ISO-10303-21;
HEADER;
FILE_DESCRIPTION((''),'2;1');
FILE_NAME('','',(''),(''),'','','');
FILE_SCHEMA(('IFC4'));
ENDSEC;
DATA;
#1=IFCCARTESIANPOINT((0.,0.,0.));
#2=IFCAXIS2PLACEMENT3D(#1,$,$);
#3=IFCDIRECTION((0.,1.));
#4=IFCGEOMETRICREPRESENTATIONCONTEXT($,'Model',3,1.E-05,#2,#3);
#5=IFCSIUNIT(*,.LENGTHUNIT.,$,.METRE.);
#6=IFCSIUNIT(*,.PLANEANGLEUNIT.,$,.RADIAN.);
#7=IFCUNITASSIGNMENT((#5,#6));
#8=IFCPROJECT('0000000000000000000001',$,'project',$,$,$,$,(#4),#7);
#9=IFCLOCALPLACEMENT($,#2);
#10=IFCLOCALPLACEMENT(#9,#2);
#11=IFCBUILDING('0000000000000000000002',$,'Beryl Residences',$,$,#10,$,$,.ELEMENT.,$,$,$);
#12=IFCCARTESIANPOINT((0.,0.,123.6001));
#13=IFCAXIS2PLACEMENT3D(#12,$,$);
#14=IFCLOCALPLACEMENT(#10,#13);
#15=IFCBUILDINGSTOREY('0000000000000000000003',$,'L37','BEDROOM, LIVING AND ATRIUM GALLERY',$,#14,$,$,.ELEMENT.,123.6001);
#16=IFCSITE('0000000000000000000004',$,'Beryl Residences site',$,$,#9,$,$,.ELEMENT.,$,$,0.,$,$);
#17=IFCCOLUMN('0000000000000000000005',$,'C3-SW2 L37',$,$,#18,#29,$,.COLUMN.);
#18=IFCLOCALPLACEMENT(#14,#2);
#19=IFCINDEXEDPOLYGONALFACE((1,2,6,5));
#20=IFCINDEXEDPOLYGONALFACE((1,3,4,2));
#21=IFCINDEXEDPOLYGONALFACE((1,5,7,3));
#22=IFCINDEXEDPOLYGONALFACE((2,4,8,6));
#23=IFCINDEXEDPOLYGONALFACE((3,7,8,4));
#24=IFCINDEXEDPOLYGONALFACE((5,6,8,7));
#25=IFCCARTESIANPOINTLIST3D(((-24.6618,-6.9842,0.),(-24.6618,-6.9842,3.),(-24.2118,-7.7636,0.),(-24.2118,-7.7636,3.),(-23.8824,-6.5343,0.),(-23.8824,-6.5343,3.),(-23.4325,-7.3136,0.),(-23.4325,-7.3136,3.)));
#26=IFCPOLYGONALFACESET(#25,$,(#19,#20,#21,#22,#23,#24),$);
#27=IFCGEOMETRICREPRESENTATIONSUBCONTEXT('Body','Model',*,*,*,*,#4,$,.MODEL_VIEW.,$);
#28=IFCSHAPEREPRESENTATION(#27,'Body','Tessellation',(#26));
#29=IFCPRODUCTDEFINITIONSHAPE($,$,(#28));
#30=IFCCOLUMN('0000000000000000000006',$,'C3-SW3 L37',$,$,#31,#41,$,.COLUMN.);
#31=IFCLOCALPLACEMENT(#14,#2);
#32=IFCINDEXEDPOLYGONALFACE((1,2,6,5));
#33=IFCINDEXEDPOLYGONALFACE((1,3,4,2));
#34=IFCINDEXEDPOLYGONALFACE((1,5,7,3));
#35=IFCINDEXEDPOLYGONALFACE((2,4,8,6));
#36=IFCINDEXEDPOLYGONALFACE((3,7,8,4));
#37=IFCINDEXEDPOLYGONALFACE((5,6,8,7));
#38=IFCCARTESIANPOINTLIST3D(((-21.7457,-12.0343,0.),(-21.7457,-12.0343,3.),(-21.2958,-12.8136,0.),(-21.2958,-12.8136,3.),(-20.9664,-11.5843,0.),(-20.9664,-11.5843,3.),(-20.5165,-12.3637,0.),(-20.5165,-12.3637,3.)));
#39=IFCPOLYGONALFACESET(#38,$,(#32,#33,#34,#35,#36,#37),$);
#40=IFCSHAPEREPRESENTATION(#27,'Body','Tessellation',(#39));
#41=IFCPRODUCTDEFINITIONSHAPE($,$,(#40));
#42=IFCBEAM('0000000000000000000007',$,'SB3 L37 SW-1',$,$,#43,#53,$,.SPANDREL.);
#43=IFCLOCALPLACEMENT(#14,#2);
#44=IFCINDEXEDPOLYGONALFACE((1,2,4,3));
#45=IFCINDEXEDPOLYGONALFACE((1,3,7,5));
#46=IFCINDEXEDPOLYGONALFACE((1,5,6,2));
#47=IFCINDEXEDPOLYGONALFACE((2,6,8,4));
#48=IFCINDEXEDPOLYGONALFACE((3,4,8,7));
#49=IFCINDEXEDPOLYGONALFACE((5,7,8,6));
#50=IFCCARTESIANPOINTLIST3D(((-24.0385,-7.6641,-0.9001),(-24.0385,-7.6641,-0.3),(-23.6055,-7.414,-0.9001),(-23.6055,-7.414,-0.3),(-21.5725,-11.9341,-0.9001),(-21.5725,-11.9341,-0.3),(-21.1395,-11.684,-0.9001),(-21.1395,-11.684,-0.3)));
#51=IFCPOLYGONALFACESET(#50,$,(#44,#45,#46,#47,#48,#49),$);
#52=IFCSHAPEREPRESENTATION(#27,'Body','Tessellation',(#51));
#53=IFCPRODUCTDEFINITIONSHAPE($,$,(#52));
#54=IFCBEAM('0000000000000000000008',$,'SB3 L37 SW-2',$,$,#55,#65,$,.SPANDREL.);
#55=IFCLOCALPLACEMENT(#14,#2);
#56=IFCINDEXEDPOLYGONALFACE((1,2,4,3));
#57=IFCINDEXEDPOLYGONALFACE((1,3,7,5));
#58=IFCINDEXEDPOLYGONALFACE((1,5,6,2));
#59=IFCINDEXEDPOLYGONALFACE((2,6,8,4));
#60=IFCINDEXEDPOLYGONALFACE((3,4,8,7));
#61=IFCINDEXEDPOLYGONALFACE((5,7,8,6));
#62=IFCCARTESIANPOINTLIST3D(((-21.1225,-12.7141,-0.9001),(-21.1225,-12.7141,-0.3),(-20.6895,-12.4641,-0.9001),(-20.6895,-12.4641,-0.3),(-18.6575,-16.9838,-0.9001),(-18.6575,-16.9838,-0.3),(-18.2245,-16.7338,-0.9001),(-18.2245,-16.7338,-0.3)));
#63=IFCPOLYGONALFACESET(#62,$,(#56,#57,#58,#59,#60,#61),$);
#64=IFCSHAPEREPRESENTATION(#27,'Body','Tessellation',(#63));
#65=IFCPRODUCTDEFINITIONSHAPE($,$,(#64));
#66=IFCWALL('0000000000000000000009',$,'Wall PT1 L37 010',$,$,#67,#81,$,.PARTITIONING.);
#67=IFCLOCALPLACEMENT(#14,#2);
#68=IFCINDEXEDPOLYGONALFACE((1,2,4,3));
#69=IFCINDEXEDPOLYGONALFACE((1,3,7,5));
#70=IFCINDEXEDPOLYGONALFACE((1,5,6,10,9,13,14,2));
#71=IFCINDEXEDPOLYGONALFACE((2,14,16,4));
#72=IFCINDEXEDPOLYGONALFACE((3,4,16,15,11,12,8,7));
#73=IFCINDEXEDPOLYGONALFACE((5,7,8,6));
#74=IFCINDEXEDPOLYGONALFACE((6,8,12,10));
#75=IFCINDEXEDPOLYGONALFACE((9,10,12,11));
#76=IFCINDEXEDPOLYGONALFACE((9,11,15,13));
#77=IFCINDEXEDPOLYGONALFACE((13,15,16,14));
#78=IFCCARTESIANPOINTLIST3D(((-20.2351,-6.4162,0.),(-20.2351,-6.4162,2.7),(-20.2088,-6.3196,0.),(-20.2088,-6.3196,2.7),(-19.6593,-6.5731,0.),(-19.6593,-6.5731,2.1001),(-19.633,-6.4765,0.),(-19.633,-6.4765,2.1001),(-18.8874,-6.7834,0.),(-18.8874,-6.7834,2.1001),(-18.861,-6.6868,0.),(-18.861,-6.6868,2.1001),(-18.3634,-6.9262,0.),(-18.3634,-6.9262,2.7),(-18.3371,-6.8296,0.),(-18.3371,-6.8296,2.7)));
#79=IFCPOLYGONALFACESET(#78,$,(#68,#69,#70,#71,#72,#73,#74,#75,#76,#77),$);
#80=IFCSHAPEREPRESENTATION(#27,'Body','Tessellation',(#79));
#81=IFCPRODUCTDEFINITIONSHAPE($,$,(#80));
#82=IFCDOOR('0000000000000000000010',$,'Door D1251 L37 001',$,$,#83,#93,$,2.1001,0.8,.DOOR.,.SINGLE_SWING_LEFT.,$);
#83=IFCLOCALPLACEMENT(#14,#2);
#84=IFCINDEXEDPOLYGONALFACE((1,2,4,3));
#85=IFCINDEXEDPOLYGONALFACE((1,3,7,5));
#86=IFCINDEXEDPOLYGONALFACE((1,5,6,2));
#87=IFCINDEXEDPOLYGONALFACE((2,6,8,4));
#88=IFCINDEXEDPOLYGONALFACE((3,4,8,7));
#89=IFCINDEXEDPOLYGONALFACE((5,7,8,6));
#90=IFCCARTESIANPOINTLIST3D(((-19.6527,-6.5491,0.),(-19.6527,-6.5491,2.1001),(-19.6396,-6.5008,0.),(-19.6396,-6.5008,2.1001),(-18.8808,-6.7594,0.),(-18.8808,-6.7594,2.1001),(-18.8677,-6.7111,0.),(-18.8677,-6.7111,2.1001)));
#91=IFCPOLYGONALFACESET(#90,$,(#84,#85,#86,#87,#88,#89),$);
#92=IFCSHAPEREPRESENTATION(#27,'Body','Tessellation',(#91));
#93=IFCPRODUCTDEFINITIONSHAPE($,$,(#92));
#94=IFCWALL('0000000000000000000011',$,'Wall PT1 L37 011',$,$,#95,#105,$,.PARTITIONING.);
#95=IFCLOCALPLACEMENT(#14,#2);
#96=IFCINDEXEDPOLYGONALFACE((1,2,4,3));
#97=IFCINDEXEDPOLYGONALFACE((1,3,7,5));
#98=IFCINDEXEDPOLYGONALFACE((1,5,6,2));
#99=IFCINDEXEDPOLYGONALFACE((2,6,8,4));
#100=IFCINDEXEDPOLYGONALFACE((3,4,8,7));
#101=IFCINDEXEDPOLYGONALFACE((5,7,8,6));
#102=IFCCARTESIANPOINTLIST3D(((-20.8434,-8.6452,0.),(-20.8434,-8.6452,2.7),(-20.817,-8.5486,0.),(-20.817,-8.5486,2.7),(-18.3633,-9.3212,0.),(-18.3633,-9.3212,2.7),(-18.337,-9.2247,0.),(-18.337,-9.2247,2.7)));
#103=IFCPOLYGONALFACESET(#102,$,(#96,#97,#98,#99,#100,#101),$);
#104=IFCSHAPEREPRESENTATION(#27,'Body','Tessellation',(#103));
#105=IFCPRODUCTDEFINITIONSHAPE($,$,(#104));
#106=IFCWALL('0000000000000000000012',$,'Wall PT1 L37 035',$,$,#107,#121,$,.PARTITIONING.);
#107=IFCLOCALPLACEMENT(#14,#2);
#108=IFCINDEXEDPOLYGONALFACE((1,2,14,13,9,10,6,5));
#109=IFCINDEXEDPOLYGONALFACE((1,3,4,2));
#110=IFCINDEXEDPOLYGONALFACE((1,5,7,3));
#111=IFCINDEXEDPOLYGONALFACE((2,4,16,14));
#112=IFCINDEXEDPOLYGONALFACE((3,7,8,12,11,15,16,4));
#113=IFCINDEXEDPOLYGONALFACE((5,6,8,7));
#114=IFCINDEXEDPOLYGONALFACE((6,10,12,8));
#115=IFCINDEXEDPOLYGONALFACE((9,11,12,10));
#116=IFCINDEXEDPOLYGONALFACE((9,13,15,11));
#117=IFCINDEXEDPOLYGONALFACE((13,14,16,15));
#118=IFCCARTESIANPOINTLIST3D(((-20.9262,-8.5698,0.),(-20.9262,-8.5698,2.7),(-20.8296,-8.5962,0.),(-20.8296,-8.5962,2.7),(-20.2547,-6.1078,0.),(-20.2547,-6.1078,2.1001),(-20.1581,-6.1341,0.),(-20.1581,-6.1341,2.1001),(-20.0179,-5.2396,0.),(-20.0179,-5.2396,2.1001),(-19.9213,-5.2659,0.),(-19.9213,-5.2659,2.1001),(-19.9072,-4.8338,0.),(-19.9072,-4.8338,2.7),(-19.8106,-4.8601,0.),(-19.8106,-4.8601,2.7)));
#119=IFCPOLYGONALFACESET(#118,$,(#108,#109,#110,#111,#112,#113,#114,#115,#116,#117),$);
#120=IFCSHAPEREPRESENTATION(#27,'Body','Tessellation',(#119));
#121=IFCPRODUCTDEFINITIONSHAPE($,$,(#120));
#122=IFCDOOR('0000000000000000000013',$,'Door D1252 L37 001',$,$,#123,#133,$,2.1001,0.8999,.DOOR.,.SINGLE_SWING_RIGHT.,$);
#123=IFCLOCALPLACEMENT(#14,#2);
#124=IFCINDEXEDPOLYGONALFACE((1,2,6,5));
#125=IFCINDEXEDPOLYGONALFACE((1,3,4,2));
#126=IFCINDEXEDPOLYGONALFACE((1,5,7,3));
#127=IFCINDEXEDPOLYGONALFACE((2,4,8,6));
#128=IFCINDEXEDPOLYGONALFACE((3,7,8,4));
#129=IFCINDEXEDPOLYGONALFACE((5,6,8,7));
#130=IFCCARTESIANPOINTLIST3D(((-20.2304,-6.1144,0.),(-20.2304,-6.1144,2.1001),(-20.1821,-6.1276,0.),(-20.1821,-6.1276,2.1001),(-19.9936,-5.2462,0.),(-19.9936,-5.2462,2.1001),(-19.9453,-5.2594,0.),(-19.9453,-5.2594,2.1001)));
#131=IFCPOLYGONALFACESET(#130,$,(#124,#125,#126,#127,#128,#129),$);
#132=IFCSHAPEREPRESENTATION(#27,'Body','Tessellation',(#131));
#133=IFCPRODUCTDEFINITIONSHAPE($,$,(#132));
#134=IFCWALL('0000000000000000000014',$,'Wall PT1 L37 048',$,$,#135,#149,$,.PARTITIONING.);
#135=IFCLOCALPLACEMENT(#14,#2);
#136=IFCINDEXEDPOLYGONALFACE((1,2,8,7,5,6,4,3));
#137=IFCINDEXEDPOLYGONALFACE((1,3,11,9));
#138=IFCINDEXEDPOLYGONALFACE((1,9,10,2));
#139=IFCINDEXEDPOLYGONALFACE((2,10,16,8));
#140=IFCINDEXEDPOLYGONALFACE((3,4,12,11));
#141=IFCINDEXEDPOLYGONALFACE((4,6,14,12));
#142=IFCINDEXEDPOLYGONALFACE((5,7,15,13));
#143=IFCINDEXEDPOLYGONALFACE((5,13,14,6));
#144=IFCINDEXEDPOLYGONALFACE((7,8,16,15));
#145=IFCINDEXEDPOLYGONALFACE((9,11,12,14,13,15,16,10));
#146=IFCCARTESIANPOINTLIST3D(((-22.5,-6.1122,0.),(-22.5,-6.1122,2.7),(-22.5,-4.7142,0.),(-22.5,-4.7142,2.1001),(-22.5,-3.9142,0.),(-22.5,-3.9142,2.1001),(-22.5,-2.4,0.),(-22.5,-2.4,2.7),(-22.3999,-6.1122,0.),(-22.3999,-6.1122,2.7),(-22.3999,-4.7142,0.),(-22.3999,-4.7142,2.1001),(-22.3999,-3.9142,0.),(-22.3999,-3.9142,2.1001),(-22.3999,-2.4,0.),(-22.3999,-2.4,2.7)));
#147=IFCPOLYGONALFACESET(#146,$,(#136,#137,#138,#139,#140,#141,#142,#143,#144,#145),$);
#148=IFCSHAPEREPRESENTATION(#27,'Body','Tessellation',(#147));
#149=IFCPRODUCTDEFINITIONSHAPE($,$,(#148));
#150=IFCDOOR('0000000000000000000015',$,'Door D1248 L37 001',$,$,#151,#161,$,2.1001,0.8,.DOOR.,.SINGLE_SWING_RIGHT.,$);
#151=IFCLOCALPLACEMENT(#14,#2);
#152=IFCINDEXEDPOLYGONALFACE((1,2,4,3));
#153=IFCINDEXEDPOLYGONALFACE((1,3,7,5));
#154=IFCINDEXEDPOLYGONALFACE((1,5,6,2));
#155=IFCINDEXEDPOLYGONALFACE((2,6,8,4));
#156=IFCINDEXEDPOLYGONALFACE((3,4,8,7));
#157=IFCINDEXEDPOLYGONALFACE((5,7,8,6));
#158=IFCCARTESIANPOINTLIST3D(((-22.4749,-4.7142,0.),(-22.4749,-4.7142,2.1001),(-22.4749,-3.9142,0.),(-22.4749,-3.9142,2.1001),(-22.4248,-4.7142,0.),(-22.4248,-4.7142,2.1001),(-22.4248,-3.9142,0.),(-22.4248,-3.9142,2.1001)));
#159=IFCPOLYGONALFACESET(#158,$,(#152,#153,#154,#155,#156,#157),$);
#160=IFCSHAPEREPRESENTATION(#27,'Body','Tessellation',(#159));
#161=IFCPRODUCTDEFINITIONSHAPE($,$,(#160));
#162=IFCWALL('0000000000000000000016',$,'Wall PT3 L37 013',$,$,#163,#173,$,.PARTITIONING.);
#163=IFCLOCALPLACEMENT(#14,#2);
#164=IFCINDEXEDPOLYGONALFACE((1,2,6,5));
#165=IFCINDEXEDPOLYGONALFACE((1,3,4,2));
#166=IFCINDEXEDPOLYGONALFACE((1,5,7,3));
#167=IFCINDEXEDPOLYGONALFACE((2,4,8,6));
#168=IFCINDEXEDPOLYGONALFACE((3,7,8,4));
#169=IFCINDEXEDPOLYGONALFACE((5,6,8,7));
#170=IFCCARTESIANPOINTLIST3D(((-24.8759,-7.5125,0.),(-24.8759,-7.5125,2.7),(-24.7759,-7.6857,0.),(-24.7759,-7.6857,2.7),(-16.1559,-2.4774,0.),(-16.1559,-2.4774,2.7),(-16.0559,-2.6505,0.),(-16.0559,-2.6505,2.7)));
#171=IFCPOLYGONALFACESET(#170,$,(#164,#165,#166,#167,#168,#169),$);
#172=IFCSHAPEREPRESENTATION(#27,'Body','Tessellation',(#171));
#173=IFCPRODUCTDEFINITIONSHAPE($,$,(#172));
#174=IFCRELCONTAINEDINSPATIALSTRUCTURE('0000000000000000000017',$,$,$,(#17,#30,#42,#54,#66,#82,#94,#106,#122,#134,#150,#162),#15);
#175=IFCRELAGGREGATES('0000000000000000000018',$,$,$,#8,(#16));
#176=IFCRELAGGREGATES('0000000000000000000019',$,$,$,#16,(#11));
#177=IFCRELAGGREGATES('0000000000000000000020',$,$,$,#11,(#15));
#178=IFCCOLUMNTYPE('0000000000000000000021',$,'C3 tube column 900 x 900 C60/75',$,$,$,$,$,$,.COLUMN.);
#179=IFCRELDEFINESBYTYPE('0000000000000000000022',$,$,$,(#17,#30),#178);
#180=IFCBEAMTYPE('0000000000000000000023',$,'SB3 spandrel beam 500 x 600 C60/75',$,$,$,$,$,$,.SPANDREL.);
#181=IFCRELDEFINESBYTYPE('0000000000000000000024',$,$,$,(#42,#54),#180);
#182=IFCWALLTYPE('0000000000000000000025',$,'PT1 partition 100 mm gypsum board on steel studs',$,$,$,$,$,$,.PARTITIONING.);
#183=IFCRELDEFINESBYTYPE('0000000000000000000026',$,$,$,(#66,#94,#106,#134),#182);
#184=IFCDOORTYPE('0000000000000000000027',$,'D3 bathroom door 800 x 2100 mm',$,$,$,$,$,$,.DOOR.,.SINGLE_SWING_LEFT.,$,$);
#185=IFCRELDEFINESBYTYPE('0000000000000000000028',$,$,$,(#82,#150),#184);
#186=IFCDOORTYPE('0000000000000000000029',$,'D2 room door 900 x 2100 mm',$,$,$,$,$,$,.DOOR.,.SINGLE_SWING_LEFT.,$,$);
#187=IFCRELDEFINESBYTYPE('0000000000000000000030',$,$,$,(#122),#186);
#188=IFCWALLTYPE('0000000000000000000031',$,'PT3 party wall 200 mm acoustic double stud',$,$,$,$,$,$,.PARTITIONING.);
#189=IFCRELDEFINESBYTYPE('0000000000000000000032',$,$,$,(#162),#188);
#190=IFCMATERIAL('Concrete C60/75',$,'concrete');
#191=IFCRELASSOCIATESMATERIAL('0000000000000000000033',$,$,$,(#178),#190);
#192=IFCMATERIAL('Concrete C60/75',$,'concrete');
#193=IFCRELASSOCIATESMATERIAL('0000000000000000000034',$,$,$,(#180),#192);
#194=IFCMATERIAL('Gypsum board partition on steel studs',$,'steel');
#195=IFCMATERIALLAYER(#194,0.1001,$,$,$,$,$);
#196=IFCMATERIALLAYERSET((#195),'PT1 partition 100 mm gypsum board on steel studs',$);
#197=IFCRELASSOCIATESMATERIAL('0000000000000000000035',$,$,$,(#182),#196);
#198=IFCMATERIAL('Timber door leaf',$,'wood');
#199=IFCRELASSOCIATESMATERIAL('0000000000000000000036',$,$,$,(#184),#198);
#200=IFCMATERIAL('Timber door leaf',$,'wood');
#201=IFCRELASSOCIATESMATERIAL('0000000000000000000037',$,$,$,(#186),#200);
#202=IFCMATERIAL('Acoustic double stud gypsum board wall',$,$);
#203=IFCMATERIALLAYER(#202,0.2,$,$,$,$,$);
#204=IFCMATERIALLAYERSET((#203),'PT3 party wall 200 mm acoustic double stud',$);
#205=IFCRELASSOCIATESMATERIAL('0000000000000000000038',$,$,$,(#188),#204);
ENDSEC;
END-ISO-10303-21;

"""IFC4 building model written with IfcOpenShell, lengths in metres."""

from ifc_helpers import new_model, si_unit, direction, frame, frame_2d, origin, origin_2d, place, context, subcontext, project, spatial, rectangle, extrude, material, layer, layer_set, material_profile, profile_set, type_object, element, fill, save


model = new_model("IFC4")

# Units and contexts
model_context = context("Model", 3, precision=1e-05, world=origin(), true_north=direction((0.0, 1.0)))
body_context = subcontext(model_context, "Body", "Model", "MODEL_VIEW")
ifc_project = project(units=[si_unit("LENGTHUNIT", "METRE"), si_unit("PLANEANGLEUNIT", "RADIAN")], contexts=[model_context])

# Site, building, storey
site_placement = place(None, origin())
site = spatial("IfcSite", under=ifc_project, at=site_placement, Name="Beryl Residences site", CompositionType="ELEMENT", RefElevation=0.0)
building_placement = place(site_placement, origin())
building = spatial("IfcBuilding", under=site, at=building_placement, Name="Beryl Residences", CompositionType="ELEMENT")
storey_placement = place(building_placement, frame((0.0, 0.0, 123.6001)))
storey = spatial("IfcBuildingStorey", under=building, at=storey_placement, Name="L37", Description="BEDROOM, LIVING AND ATRIUM GALLERY", CompositionType="ELEMENT", Elevation=123.6001)

# Columns
ifc_material_1 = material(Name="Concrete C60/75", Category="concrete")
ifc_material_profile_1 = material_profile(ifc_material_1, rectangle(XDim=0.8999, YDim=0.8999, at=origin_2d()))
ifc_profile_set_1 = profile_set([ifc_material_profile_1], Name="Concrete C60/75")
column_type = type_object("IfcColumnType", Name="C3 tube column 900 x 900 C60/75", PredefinedType="COLUMN", material=ifc_profile_set_1)
for number, where, z_axis, x_axis, name in (
    (1, (-24.0471, -7.1489, 0.0), (0.0, 0.0, 1.0), (0.5, -0.866025, 0.0), "C3-SW2 L37"),
    (2, (-21.1311, -12.199, 0.0), (0.0, 0.0, 1.0), (0.5, -0.866025, 0.0), "C3-SW3 L37"),
):
    element("IfcColumn", number, at=place(storey_placement, frame(where, z_axis=z_axis, x_axis=x_axis)), inside=storey, type_object=column_type, Name=name, PredefinedType="COLUMN", context=body_context, shape_type="SweptSolid", body=[
        extrude(rectangle(XDim=0.8999, YDim=0.8999, at=origin_2d()), origin(), (0.0, 0.0, 1.0), 3.0),
    ])

# Beams
ifc_material_2 = material(Name="Concrete C60/75", Category="concrete")
ifc_material_profile_2 = material_profile(ifc_material_2, rectangle(XDim=0.5, YDim=0.6001, at=origin_2d()))
ifc_profile_set_2 = profile_set([ifc_material_profile_2], Name="Concrete C60/75")
beam_type = type_object("IfcBeamType", Name="SB3 spandrel beam 500 x 600 C60/75", PredefinedType="SPANDREL", material=ifc_profile_set_2)
beam_1_placement = place(storey_placement, frame((-23.822, -7.5391, -0.6001), z_axis=(0.500117, -0.865958, 0.0), x_axis=(0.865958, 0.500117, 0.0)))
element("IfcBeam", 3, at=beam_1_placement, inside=storey, type_object=beam_type, Name="SB3 L37 SW-1", PredefinedType="SPANDREL", context=body_context, shape_type="SweptSolid", body=[
    extrude(rectangle(XDim=0.5, YDim=0.6001, at=origin_2d()), origin(), (0.0, 0.0, 1.0), 4.9309),
])
beam_2_placement = place(storey_placement, frame((-20.906, -12.5891, -0.6001), z_axis=(0.49999, -0.866031, 0.0), x_axis=(0.866031, 0.49999, 0.0)))
element("IfcBeam", 4, at=beam_2_placement, inside=storey, type_object=beam_type, Name="SB3 L37 SW-2", PredefinedType="SPANDREL", context=body_context, shape_type="SweptSolid", body=[
    extrude(rectangle(XDim=0.5, YDim=0.6001, at=origin_2d()), origin(), (0.0, 0.0, 1.0), 4.9302),
])

# Wall, opening, door
ifc_material_3 = material(Name="Gypsum board partition on steel studs", Category="steel")
ifc_layer_1 = layer(ifc_material_3, 0.1001)
ifc_layer_set_1 = layer_set([ifc_layer_1], Name="PT1 partition 100 mm gypsum board on steel studs")
wall_type_1 = type_object("IfcWallType", Name="PT1 partition 100 mm gypsum board on steel studs", PredefinedType="PARTITIONING", material=ifc_layer_set_1)
wall_1_placement = place(storey_placement, frame((-20.2219, -6.3679, 0.0), z_axis=(0.0, 0.0, 1.0), x_axis=(0.964828, -0.262883, 0.0)))
wall_1 = element("IfcWall", 5, at=wall_1_placement, inside=storey, type_object=wall_type_1, Name="Wall PT1 L37 010", PredefinedType="PARTITIONING", context=body_context, shape_type="SweptSolid", body=[
    extrude(rectangle(XDim=1.9399, YDim=0.1001, at=frame_2d((0.97, 0.0))), origin(), (0.0, 0.0, 1.0), 2.7),
])
opening_1_placement = place(wall_1_placement, frame((0.5969, 0.0, 0.0)))
opening_1 = element("IfcOpeningElement", 6, at=opening_1_placement, cuts=wall_1, PredefinedType="OPENING", context=body_context, shape_type="SweptSolid", body=[
    extrude(rectangle(XDim=0.8, YDim=2.1001, at=frame_2d((0.3999, 1.05))), frame((0.0, 0.0601, 0.0), z_axis=(0.0, -1.0, 0.0), x_axis=(1.0, 0.0, 0.0)), (0.0, 0.0, 1.0), 0.1201),
])
ifc_material_4 = material(Name="Timber door leaf", Category="wood")
door_type_1 = type_object("IfcDoorType", Name="D3 bathroom door 800 x 2100 mm", OperationType="SINGLE_SWING_LEFT", PredefinedType="DOOR", material=ifc_material_4)
door_1_placement = place(opening_1_placement, origin())
door_1 = element("IfcDoor", 7, at=door_1_placement, inside=storey, type_object=door_type_1, Name="Door D1251 L37 001", OperationType="SINGLE_SWING_LEFT", OverallHeight=2.1001, OverallWidth=0.8, PredefinedType="DOOR", context=body_context, shape_type="SweptSolid", body=[
    extrude(rectangle(XDim=0.8, YDim=2.1001, at=frame_2d((0.3999, 1.05))), frame((0.0, 0.0249, 0.0), z_axis=(0.0, -1.0, 0.0), x_axis=(1.0, 0.0, 0.0)), (0.0, 0.0, 1.0), 0.05),
])
fill(opening_1, door_1)

# Wall
wall_2_placement = place(storey_placement, frame((-20.8301, -8.5969, 0.0), z_axis=(0.0, 0.0, 1.0), x_axis=(0.964797, -0.262997, 0.0)))
element("IfcWall", 8, at=wall_2_placement, inside=storey, type_object=wall_type_1, Name="Wall PT1 L37 011", PredefinedType="PARTITIONING", context=body_context, shape_type="SweptSolid", body=[
    extrude(rectangle(XDim=2.5706, YDim=0.1001, at=frame_2d((1.2852, 0.0))), origin(), (0.0, 0.0, 1.0), 2.7),
])

# Walls, openings, doors
wall_3_placement = place(storey_placement, frame((-20.8779, -8.583, 0.0), z_axis=(0.0, 0.0, 1.0), x_axis=(0.263144, 0.964757, 0.0)))
wall_3 = element("IfcWall", 9, at=wall_3_placement, inside=storey, type_object=wall_type_1, Name="Wall PT1 L37 035", PredefinedType="PARTITIONING", context=body_context, shape_type="SweptSolid", body=[
    extrude(rectangle(XDim=3.8726, YDim=0.1001, at=frame_2d((1.9363, 0.0))), origin(), (0.0, 0.0, 1.0), 2.7),
])
opening_2_placement = place(wall_3_placement, frame((2.552, 0.0, 0.0)))
opening_2 = element("IfcOpeningElement", 10, at=opening_2_placement, cuts=wall_3, PredefinedType="OPENING", context=body_context, shape_type="SweptSolid", body=[
    extrude(rectangle(XDim=0.8999, YDim=2.1001, at=frame_2d((0.45, 1.05))), frame((0.0, 0.0601, 0.0), z_axis=(0.0, -1.0, 0.0), x_axis=(1.0, 0.0, 0.0)), (0.0, 0.0, 1.0), 0.1201),
])
ifc_material_5 = material(Name="Timber door leaf", Category="wood")
door_type_2 = type_object("IfcDoorType", Name="D2 room door 900 x 2100 mm", OperationType="SINGLE_SWING_LEFT", PredefinedType="DOOR", material=ifc_material_5)
door_2_placement = place(opening_2_placement, origin())
door_2 = element("IfcDoor", 11, at=door_2_placement, inside=storey, type_object=door_type_2, Name="Door D1252 L37 001", OperationType="SINGLE_SWING_RIGHT", OverallHeight=2.1001, OverallWidth=0.8999, PredefinedType="DOOR", context=body_context, shape_type="SweptSolid", body=[
    extrude(rectangle(XDim=0.8999, YDim=2.1001, at=frame_2d((0.45, 1.05))), frame((0.0, 0.0249, 0.0), z_axis=(0.0, -1.0, 0.0), x_axis=(1.0, 0.0, 0.0)), (0.0, 0.0, 1.0), 0.05),
])
fill(opening_2, door_2)
wall_4_placement = place(storey_placement, frame((-22.45, -6.1121, 0.0), z_axis=(0.0, 0.0, 1.0), x_axis=(0.0, 1.0, 0.0)))
wall_4 = element("IfcWall", 12, at=wall_4_placement, inside=storey, type_object=wall_type_1, Name="Wall PT1 L37 048", PredefinedType="PARTITIONING", context=body_context, shape_type="SweptSolid", body=[
    extrude(rectangle(XDim=3.7122, YDim=0.1001, at=frame_2d((1.856, 0.0))), origin(), (0.0, 0.0, 1.0), 2.7),
])
opening_3_placement = place(wall_4_placement, frame((1.3979, 0.0, 0.0)))
opening_3 = element("IfcOpeningElement", 13, at=opening_3_placement, cuts=wall_4, PredefinedType="OPENING", context=body_context, shape_type="SweptSolid", body=[
    extrude(rectangle(XDim=0.8, YDim=2.1001, at=frame_2d((0.3999, 1.05))), frame((0.0, 0.0601, 0.0), z_axis=(0.0, -1.0, 0.0), x_axis=(1.0, 0.0, 0.0)), (0.0, 0.0, 1.0), 0.1201),
])
door_3_placement = place(opening_3_placement, origin())
door_3 = element("IfcDoor", 14, at=door_3_placement, inside=storey, type_object=door_type_1, Name="Door D1248 L37 001", OperationType="SINGLE_SWING_RIGHT", OverallHeight=2.1001, OverallWidth=0.8, PredefinedType="DOOR", context=body_context, shape_type="SweptSolid", body=[
    extrude(rectangle(XDim=0.8, YDim=2.1001, at=frame_2d((0.3999, 1.05))), frame((0.0, 0.0249, 0.0), z_axis=(0.0, -1.0, 0.0), x_axis=(1.0, 0.0, 0.0)), (0.0, 0.0, 1.0), 0.05),
])
fill(opening_3, door_3)

# Wall
ifc_material_6 = material(Name="Acoustic double stud gypsum board wall")
ifc_layer_2 = layer(ifc_material_6, 0.2)
ifc_layer_set_2 = layer_set([ifc_layer_2], Name="PT3 party wall 200 mm acoustic double stud")
wall_type_2 = type_object("IfcWallType", Name="PT3 party wall 200 mm acoustic double stud", PredefinedType="PARTITIONING", material=ifc_layer_set_2)
wall_5_placement = place(storey_placement, frame((-24.8259, -7.5991, 0.0), z_axis=(0.0, 0.0, 1.0), x_axis=(0.865996, 0.500051, 0.0)))
element("IfcWall", 15, at=wall_5_placement, inside=storey, type_object=wall_type_2, Name="Wall PT3 L37 013", PredefinedType="PARTITIONING", context=body_context, shape_type="SweptSolid", body=[
    extrude(rectangle(XDim=10.0693, YDim=0.2, at=frame_2d((5.0347, 0.0))), origin(), (0.0, 0.0, 1.0), 2.7),
])

save(model, "model.ifc")
